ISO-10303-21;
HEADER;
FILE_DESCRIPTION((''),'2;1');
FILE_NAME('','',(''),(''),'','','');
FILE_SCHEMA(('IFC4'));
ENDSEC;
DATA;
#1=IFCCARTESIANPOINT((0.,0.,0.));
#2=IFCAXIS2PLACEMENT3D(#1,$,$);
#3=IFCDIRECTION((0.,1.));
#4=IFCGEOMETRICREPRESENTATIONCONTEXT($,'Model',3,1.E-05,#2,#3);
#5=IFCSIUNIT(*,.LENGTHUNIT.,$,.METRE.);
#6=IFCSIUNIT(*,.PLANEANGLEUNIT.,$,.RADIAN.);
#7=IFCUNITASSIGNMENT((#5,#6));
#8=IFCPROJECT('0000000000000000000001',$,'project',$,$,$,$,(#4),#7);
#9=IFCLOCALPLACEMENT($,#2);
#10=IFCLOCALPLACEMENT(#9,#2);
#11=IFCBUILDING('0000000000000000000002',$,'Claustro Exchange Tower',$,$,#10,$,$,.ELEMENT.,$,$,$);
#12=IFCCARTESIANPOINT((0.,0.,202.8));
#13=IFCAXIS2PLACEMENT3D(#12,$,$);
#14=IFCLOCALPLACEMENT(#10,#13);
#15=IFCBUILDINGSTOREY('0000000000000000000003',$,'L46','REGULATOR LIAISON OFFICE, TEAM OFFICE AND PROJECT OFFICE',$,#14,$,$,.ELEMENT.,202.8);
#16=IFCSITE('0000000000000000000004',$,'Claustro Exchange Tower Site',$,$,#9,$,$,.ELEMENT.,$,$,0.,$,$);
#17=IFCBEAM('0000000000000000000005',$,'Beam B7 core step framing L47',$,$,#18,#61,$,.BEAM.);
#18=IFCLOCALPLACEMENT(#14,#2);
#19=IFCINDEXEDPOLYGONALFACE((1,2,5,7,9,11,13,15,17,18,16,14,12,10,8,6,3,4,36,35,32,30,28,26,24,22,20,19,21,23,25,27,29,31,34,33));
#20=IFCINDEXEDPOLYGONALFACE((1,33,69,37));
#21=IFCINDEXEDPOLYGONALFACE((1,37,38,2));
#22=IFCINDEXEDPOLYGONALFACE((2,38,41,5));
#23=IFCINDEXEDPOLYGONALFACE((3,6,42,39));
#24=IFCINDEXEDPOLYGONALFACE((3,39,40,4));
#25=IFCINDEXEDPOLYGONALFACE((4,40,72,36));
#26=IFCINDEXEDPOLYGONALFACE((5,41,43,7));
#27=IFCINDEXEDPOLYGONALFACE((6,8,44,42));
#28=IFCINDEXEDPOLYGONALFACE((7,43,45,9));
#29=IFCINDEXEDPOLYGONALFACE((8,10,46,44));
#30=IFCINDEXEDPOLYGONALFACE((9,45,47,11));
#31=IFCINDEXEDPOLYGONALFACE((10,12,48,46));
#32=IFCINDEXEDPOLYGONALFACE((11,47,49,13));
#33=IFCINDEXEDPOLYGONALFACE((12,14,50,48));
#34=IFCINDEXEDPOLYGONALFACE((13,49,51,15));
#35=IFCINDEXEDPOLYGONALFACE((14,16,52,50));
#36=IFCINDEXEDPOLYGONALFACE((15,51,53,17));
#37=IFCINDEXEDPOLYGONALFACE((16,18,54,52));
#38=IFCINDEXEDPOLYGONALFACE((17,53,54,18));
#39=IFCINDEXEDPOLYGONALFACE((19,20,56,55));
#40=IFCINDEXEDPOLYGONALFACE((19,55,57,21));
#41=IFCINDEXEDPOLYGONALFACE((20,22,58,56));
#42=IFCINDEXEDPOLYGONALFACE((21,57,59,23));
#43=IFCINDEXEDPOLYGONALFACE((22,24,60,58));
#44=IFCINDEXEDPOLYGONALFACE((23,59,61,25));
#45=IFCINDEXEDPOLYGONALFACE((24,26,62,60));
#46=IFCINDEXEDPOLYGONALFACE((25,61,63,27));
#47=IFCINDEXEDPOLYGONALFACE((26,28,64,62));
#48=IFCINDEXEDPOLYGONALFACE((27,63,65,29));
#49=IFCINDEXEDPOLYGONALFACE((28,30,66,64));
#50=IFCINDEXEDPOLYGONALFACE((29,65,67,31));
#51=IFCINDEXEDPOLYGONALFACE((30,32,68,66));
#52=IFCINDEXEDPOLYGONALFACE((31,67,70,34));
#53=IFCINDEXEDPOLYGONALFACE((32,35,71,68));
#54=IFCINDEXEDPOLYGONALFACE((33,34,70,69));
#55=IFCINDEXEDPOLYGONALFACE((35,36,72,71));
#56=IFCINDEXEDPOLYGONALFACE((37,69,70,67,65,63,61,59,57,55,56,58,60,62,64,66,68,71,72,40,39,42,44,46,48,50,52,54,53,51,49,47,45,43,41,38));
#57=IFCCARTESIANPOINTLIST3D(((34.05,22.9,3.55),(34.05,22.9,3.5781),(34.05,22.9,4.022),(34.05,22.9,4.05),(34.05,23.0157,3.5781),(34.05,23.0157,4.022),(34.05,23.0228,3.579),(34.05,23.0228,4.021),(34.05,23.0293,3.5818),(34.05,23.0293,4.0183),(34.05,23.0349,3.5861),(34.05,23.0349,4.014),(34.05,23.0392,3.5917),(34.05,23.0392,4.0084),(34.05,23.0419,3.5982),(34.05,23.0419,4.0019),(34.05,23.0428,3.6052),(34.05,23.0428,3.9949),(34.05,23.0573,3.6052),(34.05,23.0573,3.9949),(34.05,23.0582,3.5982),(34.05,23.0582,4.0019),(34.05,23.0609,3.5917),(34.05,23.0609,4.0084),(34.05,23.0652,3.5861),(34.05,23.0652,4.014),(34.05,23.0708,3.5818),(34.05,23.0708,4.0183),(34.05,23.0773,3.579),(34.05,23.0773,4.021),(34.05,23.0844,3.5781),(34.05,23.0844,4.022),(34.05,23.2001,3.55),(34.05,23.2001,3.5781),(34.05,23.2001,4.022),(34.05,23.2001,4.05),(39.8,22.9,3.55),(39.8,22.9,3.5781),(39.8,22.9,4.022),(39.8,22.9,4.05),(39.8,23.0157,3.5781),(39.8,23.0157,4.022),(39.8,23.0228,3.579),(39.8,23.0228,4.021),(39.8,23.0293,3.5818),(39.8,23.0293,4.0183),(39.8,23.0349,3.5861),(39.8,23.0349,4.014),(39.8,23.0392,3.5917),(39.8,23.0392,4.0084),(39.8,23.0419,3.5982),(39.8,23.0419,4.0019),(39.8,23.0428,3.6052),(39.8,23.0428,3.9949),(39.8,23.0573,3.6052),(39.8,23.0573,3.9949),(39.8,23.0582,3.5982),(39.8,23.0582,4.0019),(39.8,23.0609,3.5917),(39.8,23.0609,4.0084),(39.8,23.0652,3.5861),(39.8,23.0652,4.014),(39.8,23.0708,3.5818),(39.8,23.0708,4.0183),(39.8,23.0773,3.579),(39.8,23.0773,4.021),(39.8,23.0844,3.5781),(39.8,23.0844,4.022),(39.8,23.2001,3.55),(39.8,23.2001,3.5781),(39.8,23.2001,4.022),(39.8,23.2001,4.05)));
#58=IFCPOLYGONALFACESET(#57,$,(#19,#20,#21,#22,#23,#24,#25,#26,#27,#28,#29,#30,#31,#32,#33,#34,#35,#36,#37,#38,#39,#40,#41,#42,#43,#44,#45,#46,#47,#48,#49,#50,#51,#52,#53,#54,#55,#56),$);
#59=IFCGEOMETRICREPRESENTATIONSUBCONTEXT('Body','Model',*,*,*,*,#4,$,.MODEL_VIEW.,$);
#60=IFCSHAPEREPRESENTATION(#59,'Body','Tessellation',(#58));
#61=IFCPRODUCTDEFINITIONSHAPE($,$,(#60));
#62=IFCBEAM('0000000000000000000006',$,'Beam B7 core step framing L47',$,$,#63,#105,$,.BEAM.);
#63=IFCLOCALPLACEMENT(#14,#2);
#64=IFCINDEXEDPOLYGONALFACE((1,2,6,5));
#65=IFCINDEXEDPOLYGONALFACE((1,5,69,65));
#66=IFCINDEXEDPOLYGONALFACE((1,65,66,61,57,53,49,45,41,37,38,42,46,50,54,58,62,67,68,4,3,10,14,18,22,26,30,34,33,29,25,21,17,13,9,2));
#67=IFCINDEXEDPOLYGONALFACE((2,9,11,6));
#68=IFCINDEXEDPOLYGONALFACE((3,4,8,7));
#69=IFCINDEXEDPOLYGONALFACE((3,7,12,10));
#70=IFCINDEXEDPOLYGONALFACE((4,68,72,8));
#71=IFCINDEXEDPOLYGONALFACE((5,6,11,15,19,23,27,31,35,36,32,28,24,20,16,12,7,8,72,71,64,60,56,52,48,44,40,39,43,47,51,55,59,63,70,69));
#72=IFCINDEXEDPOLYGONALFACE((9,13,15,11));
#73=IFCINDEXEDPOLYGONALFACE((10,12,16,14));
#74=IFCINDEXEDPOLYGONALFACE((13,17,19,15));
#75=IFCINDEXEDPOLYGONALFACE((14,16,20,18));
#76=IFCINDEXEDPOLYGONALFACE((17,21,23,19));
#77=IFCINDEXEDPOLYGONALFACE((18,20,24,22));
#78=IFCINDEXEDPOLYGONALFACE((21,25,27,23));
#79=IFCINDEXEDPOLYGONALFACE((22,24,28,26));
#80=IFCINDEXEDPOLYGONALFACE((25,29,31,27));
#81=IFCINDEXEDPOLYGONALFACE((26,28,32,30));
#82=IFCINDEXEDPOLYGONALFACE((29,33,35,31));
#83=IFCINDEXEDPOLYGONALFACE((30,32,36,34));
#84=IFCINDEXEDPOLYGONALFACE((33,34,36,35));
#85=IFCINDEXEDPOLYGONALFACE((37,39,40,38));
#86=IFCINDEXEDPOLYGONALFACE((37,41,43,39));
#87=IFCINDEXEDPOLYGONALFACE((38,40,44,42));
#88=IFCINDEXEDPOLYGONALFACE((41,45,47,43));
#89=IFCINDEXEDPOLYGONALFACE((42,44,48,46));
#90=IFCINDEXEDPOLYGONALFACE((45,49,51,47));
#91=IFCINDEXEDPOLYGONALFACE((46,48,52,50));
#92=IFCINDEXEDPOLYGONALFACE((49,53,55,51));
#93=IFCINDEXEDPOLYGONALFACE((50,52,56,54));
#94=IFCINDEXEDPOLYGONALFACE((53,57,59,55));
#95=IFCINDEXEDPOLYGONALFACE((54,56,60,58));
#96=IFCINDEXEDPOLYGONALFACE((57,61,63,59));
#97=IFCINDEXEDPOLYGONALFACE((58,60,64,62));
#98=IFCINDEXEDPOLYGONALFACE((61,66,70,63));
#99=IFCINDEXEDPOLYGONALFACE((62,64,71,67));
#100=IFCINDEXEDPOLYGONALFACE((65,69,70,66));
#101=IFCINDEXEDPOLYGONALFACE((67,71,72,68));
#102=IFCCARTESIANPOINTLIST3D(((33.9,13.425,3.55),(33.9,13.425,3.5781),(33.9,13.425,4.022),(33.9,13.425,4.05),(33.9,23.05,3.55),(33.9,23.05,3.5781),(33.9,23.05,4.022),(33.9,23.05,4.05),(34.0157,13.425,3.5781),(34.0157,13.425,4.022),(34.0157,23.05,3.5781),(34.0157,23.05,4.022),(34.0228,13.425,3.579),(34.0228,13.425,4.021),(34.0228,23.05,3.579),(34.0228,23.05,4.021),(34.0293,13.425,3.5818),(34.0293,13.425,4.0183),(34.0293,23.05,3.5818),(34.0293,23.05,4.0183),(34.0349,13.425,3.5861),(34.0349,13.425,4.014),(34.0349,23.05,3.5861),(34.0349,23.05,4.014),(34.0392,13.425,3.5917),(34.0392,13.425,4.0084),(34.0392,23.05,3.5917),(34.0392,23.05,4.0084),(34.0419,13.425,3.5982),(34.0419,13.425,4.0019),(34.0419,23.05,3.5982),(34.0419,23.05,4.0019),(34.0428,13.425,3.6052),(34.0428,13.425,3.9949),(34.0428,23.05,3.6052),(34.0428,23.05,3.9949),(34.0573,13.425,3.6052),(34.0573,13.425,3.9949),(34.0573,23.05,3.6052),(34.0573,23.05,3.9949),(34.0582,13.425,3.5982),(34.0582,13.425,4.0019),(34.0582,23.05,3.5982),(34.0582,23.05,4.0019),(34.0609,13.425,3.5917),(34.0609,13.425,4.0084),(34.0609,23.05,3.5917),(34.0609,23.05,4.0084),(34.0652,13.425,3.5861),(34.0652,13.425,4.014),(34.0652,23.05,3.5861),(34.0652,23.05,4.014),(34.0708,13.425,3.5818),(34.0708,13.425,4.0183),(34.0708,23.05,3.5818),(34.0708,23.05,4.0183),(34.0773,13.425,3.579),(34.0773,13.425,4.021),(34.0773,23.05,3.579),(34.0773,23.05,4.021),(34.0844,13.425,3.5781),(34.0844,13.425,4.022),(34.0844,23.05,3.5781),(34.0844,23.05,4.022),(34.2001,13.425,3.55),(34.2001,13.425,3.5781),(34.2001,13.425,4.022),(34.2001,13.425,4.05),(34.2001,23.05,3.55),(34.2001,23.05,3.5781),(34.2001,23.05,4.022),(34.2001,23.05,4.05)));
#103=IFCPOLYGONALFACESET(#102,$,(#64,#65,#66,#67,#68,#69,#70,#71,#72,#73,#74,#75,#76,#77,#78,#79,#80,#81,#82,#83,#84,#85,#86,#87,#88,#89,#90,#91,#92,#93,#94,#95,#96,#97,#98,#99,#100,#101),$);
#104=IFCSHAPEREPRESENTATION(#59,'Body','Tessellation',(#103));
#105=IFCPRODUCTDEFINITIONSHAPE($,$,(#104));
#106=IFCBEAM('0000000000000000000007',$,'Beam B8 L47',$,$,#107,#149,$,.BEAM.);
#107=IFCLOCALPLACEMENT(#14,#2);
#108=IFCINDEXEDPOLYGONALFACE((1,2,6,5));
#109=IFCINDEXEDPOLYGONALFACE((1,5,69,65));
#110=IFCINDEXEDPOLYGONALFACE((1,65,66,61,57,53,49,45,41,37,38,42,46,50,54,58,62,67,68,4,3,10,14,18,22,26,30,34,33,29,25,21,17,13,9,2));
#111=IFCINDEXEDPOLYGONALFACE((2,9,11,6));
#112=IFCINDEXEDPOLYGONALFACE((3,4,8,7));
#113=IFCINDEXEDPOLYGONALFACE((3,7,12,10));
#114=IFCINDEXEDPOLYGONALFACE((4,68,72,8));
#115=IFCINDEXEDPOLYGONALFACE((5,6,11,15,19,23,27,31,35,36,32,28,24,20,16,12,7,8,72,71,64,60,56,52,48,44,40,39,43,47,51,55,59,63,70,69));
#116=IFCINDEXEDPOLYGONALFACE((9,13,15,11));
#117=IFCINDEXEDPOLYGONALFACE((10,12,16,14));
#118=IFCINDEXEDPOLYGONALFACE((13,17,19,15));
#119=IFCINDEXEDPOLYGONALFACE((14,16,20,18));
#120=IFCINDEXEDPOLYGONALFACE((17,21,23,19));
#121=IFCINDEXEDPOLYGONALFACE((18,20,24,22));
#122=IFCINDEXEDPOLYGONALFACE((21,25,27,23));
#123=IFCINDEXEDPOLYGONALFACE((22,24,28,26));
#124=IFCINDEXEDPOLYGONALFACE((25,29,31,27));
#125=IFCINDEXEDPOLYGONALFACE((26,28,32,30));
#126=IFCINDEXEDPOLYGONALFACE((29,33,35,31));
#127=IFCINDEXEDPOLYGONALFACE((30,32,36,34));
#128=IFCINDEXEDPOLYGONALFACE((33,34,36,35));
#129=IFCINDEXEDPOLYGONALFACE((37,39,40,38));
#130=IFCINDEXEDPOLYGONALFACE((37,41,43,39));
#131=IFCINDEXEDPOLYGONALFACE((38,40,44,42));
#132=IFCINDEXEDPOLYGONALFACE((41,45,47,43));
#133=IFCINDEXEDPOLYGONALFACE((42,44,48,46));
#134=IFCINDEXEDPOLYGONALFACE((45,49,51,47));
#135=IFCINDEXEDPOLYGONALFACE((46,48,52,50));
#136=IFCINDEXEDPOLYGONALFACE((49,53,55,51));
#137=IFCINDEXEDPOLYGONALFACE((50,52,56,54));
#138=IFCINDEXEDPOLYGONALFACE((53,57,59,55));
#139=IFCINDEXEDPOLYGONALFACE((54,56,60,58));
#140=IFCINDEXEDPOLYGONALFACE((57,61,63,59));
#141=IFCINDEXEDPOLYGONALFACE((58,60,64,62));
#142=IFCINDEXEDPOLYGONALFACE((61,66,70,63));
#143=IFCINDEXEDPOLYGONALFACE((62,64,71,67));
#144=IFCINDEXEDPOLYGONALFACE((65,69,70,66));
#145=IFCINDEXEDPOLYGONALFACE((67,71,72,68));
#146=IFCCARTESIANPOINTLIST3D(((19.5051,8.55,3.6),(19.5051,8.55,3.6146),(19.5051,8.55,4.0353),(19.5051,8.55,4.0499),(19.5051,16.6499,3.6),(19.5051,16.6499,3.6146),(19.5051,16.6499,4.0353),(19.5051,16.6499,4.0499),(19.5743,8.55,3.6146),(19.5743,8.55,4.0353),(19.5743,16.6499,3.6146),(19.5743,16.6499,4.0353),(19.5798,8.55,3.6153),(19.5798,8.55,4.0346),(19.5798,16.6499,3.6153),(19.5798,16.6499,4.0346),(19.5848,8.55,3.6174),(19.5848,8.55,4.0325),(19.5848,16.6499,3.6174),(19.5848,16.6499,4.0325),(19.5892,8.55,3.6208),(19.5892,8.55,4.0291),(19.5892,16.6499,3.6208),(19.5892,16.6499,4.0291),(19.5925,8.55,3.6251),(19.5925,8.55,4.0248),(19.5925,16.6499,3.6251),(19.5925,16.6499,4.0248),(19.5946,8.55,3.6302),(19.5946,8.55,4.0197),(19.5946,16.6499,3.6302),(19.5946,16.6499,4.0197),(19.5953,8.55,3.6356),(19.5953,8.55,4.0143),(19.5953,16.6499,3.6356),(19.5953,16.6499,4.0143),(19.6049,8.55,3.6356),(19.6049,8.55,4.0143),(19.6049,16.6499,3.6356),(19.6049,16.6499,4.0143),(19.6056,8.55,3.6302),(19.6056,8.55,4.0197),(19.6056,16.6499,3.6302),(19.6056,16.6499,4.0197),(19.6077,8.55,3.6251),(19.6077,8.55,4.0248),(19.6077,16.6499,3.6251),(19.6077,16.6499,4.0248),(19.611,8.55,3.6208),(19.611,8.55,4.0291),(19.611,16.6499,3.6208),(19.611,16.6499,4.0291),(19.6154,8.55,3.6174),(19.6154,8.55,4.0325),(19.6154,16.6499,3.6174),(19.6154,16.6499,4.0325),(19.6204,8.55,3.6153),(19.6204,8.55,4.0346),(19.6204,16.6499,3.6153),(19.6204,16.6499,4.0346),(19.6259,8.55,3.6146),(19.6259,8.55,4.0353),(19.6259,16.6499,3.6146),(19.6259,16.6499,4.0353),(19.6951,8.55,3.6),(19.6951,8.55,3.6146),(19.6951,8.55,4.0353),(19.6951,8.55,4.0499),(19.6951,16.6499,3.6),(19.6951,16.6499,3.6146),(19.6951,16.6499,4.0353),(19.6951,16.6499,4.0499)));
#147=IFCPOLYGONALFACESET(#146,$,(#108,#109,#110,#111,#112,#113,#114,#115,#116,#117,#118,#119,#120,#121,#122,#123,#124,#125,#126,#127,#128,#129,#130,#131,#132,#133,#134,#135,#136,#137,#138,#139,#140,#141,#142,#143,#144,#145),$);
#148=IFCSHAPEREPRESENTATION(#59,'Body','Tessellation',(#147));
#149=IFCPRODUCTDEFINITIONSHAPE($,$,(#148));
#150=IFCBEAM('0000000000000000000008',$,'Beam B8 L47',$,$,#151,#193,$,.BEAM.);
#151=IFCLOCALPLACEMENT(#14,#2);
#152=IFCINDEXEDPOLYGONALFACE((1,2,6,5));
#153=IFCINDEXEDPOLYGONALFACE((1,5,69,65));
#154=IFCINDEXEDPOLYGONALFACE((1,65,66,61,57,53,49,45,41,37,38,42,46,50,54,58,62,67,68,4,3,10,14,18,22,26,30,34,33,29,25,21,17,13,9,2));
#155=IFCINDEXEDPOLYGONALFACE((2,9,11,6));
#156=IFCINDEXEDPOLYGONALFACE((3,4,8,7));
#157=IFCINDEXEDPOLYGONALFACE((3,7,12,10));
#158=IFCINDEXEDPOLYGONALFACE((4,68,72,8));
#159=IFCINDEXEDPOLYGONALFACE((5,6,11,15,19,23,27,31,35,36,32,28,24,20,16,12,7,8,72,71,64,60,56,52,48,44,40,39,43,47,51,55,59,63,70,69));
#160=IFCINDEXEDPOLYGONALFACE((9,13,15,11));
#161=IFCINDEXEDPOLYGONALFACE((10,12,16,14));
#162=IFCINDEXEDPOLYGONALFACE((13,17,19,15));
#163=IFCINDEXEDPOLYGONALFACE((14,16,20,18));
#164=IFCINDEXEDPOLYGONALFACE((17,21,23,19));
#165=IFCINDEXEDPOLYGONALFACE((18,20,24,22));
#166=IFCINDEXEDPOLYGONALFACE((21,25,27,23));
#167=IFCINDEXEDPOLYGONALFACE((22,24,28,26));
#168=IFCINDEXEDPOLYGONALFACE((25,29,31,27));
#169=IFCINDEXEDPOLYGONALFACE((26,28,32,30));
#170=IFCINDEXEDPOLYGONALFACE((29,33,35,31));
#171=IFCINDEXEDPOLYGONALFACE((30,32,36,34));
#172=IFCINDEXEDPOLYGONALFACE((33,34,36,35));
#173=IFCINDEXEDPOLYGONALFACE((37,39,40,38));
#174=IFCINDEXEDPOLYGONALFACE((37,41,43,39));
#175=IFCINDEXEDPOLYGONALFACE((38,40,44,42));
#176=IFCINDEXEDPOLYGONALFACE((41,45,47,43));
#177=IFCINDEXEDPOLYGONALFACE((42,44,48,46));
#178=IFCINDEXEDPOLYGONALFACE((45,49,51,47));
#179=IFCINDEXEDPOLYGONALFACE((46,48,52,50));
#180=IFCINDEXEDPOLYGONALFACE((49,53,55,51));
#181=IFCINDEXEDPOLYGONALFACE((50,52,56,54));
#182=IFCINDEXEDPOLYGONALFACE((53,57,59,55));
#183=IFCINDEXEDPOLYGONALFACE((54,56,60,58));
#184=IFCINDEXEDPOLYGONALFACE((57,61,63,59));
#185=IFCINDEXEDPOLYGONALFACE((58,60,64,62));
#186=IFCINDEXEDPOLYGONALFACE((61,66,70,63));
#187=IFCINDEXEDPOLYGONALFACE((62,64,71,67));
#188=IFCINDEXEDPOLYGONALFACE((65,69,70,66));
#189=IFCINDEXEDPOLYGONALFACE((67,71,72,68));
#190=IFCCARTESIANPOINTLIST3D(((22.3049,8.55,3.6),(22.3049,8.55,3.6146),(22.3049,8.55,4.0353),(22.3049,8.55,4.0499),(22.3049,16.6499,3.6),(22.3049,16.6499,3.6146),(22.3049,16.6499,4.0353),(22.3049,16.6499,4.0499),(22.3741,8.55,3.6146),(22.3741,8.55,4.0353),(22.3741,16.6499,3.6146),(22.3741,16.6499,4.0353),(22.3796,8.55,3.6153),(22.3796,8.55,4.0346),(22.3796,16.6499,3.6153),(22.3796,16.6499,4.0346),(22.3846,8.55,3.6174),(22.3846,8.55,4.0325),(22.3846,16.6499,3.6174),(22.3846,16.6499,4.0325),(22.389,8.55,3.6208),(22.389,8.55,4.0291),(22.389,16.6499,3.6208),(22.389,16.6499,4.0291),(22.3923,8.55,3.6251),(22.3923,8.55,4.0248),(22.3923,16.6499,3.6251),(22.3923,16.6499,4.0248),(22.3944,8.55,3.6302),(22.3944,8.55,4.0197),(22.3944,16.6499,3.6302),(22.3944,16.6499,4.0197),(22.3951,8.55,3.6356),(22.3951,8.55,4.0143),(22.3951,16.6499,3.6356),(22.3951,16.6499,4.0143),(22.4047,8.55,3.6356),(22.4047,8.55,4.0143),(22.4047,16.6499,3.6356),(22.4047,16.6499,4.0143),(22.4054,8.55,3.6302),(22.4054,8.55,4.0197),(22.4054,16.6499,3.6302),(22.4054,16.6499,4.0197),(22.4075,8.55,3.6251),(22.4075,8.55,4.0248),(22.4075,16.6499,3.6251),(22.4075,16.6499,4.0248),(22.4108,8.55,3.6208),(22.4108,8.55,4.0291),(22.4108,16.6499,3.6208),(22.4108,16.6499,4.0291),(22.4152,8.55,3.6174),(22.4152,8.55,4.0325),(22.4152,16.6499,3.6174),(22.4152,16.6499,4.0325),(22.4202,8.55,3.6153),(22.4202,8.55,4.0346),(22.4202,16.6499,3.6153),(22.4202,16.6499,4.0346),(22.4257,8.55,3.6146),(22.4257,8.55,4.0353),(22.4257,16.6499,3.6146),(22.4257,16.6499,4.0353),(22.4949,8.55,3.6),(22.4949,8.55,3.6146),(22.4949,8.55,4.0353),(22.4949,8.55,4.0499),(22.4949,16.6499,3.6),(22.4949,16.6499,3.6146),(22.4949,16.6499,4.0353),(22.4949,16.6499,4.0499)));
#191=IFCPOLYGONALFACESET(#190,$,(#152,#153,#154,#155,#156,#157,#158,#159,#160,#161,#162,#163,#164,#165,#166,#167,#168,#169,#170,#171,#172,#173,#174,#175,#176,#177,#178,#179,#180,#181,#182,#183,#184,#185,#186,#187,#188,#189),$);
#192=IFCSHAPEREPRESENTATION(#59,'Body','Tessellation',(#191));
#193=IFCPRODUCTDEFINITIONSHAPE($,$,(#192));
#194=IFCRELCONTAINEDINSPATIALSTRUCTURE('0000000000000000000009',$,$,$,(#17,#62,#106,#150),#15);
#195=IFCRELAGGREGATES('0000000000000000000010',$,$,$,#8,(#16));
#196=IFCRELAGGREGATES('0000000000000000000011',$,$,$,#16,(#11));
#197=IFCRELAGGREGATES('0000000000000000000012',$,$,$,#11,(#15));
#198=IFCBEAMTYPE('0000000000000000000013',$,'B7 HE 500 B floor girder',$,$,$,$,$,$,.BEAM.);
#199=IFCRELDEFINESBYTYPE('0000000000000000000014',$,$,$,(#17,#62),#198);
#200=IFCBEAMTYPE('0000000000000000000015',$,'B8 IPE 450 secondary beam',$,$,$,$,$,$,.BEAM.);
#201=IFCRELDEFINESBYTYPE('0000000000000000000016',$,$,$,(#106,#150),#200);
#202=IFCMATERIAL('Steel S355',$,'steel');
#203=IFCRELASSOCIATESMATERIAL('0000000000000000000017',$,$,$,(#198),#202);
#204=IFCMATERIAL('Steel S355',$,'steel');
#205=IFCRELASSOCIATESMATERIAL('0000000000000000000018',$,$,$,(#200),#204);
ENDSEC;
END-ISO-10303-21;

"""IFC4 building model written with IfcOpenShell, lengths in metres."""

from ifc_helpers import new_model, si_unit, direction, frame, origin, origin_2d, place, context, subcontext, project, spatial, i_section, extrude, material, material_profile, profile_set, type_object, element, save


model = new_model("IFC4")

# Units and contexts
model_context = context("Model", 3, precision=1e-05, world=origin(), true_north=direction((0.0, 1.0)))
body_context = subcontext(model_context, "Body", "Model", "MODEL_VIEW")
ifc_project = project(units=[si_unit("LENGTHUNIT", "METRE"), si_unit("PLANEANGLEUNIT", "RADIAN")], contexts=[model_context])

# Site, building, storey
site_placement = place(None, origin())
site = spatial("IfcSite", under=ifc_project, at=site_placement, Name="Claustro Exchange Tower Site", CompositionType="ELEMENT", RefElevation=0.0)
building_placement = place(site_placement, origin())
building = spatial("IfcBuilding", under=site, at=building_placement, Name="Claustro Exchange Tower", CompositionType="ELEMENT")
storey_placement = place(building_placement, frame((0.0, 0.0, 202.8)))
storey = spatial("IfcBuildingStorey", under=building, at=storey_placement, Name="L46", Description="REGULATOR LIAISON OFFICE, TEAM OFFICE AND PROJECT OFFICE", CompositionType="ELEMENT", Elevation=202.8)

# Beams
ifc_material_1 = material(Name="Steel S355", Category="steel")
ifc_material_profile_1 = material_profile(ifc_material_1, i_section(OverallWidth=0.3, OverallDepth=0.5, WebThickness=0.0144, FlangeThickness=0.0281, FilletRadius=0.0271, at=origin_2d()), Name="HE 500 B")
ifc_profile_set_1 = profile_set([ifc_material_profile_1], Name="Steel S355")
beam_type_1 = type_object("IfcBeamType", Name="B7 HE 500 B floor girder", PredefinedType="BEAM", material=ifc_profile_set_1)
beam_1_placement = place(storey_placement, frame((34.05, 23.05, 3.8), z_axis=(1.0, 0.0, 0.0), x_axis=(0.0, 1.0, 0.0)))
element("IfcBeam", 1, at=beam_1_placement, inside=storey, type_object=beam_type_1, Name="Beam B7 core step framing L47", PredefinedType="BEAM", context=body_context, shape_type="SweptSolid", body=[
    extrude(i_section(OverallWidth=0.3, OverallDepth=0.5, WebThickness=0.0144, FlangeThickness=0.0281, FilletRadius=0.0271, at=origin_2d()), origin(), (0.0, 0.0, 1.0), 5.75),
])
beam_2_placement = place(storey_placement, frame((34.05, 13.425, 3.8), z_axis=(0.0, 1.0, 0.0), x_axis=(-1.0, 0.0, 0.0)))
element("IfcBeam", 2, at=beam_2_placement, inside=storey, type_object=beam_type_1, Name="Beam B7 core step framing L47", PredefinedType="BEAM", context=body_context, shape_type="SweptSolid", body=[
    extrude(i_section(OverallWidth=0.3, OverallDepth=0.5, WebThickness=0.0144, FlangeThickness=0.0281, FilletRadius=0.0271, at=origin_2d()), origin(), (0.0, 0.0, 1.0), 9.625),
])
ifc_material_2 = material(Name="Steel S355", Category="steel")
ifc_material_profile_2 = material_profile(ifc_material_2, i_section(OverallWidth=0.1899, OverallDepth=0.45, WebThickness=0.0095, FlangeThickness=0.0146, FilletRadius=0.021, at=origin_2d()), Name="IPE 450")
ifc_profile_set_2 = profile_set([ifc_material_profile_2], Name="Steel S355")
beam_type_2 = type_object("IfcBeamType", Name="B8 IPE 450 secondary beam", PredefinedType="BEAM", material=ifc_profile_set_2)
for number, where, z_axis, x_axis, name in (
    (3, (19.6001, 8.55, 3.825), (0.0, 1.0, 0.0), (-1.0, 0.0, 0.0), "Beam B8 L47"),
    (4, (22.3999, 8.55, 3.825), (0.0, 1.0, 0.0), (-1.0, 0.0, 0.0), "Beam B8 L47"),
):
    element("IfcBeam", number, at=place(storey_placement, frame(where, z_axis=z_axis, x_axis=x_axis)), inside=storey, type_object=beam_type_2, Name=name, PredefinedType="BEAM", context=body_context, shape_type="SweptSolid", body=[
        extrude(i_section(OverallWidth=0.1899, OverallDepth=0.45, WebThickness=0.0095, FlangeThickness=0.0146, FilletRadius=0.021, at=origin_2d()), origin(), (0.0, 0.0, 1.0), 8.0999),
    ])

save(model, "model.ifc")
